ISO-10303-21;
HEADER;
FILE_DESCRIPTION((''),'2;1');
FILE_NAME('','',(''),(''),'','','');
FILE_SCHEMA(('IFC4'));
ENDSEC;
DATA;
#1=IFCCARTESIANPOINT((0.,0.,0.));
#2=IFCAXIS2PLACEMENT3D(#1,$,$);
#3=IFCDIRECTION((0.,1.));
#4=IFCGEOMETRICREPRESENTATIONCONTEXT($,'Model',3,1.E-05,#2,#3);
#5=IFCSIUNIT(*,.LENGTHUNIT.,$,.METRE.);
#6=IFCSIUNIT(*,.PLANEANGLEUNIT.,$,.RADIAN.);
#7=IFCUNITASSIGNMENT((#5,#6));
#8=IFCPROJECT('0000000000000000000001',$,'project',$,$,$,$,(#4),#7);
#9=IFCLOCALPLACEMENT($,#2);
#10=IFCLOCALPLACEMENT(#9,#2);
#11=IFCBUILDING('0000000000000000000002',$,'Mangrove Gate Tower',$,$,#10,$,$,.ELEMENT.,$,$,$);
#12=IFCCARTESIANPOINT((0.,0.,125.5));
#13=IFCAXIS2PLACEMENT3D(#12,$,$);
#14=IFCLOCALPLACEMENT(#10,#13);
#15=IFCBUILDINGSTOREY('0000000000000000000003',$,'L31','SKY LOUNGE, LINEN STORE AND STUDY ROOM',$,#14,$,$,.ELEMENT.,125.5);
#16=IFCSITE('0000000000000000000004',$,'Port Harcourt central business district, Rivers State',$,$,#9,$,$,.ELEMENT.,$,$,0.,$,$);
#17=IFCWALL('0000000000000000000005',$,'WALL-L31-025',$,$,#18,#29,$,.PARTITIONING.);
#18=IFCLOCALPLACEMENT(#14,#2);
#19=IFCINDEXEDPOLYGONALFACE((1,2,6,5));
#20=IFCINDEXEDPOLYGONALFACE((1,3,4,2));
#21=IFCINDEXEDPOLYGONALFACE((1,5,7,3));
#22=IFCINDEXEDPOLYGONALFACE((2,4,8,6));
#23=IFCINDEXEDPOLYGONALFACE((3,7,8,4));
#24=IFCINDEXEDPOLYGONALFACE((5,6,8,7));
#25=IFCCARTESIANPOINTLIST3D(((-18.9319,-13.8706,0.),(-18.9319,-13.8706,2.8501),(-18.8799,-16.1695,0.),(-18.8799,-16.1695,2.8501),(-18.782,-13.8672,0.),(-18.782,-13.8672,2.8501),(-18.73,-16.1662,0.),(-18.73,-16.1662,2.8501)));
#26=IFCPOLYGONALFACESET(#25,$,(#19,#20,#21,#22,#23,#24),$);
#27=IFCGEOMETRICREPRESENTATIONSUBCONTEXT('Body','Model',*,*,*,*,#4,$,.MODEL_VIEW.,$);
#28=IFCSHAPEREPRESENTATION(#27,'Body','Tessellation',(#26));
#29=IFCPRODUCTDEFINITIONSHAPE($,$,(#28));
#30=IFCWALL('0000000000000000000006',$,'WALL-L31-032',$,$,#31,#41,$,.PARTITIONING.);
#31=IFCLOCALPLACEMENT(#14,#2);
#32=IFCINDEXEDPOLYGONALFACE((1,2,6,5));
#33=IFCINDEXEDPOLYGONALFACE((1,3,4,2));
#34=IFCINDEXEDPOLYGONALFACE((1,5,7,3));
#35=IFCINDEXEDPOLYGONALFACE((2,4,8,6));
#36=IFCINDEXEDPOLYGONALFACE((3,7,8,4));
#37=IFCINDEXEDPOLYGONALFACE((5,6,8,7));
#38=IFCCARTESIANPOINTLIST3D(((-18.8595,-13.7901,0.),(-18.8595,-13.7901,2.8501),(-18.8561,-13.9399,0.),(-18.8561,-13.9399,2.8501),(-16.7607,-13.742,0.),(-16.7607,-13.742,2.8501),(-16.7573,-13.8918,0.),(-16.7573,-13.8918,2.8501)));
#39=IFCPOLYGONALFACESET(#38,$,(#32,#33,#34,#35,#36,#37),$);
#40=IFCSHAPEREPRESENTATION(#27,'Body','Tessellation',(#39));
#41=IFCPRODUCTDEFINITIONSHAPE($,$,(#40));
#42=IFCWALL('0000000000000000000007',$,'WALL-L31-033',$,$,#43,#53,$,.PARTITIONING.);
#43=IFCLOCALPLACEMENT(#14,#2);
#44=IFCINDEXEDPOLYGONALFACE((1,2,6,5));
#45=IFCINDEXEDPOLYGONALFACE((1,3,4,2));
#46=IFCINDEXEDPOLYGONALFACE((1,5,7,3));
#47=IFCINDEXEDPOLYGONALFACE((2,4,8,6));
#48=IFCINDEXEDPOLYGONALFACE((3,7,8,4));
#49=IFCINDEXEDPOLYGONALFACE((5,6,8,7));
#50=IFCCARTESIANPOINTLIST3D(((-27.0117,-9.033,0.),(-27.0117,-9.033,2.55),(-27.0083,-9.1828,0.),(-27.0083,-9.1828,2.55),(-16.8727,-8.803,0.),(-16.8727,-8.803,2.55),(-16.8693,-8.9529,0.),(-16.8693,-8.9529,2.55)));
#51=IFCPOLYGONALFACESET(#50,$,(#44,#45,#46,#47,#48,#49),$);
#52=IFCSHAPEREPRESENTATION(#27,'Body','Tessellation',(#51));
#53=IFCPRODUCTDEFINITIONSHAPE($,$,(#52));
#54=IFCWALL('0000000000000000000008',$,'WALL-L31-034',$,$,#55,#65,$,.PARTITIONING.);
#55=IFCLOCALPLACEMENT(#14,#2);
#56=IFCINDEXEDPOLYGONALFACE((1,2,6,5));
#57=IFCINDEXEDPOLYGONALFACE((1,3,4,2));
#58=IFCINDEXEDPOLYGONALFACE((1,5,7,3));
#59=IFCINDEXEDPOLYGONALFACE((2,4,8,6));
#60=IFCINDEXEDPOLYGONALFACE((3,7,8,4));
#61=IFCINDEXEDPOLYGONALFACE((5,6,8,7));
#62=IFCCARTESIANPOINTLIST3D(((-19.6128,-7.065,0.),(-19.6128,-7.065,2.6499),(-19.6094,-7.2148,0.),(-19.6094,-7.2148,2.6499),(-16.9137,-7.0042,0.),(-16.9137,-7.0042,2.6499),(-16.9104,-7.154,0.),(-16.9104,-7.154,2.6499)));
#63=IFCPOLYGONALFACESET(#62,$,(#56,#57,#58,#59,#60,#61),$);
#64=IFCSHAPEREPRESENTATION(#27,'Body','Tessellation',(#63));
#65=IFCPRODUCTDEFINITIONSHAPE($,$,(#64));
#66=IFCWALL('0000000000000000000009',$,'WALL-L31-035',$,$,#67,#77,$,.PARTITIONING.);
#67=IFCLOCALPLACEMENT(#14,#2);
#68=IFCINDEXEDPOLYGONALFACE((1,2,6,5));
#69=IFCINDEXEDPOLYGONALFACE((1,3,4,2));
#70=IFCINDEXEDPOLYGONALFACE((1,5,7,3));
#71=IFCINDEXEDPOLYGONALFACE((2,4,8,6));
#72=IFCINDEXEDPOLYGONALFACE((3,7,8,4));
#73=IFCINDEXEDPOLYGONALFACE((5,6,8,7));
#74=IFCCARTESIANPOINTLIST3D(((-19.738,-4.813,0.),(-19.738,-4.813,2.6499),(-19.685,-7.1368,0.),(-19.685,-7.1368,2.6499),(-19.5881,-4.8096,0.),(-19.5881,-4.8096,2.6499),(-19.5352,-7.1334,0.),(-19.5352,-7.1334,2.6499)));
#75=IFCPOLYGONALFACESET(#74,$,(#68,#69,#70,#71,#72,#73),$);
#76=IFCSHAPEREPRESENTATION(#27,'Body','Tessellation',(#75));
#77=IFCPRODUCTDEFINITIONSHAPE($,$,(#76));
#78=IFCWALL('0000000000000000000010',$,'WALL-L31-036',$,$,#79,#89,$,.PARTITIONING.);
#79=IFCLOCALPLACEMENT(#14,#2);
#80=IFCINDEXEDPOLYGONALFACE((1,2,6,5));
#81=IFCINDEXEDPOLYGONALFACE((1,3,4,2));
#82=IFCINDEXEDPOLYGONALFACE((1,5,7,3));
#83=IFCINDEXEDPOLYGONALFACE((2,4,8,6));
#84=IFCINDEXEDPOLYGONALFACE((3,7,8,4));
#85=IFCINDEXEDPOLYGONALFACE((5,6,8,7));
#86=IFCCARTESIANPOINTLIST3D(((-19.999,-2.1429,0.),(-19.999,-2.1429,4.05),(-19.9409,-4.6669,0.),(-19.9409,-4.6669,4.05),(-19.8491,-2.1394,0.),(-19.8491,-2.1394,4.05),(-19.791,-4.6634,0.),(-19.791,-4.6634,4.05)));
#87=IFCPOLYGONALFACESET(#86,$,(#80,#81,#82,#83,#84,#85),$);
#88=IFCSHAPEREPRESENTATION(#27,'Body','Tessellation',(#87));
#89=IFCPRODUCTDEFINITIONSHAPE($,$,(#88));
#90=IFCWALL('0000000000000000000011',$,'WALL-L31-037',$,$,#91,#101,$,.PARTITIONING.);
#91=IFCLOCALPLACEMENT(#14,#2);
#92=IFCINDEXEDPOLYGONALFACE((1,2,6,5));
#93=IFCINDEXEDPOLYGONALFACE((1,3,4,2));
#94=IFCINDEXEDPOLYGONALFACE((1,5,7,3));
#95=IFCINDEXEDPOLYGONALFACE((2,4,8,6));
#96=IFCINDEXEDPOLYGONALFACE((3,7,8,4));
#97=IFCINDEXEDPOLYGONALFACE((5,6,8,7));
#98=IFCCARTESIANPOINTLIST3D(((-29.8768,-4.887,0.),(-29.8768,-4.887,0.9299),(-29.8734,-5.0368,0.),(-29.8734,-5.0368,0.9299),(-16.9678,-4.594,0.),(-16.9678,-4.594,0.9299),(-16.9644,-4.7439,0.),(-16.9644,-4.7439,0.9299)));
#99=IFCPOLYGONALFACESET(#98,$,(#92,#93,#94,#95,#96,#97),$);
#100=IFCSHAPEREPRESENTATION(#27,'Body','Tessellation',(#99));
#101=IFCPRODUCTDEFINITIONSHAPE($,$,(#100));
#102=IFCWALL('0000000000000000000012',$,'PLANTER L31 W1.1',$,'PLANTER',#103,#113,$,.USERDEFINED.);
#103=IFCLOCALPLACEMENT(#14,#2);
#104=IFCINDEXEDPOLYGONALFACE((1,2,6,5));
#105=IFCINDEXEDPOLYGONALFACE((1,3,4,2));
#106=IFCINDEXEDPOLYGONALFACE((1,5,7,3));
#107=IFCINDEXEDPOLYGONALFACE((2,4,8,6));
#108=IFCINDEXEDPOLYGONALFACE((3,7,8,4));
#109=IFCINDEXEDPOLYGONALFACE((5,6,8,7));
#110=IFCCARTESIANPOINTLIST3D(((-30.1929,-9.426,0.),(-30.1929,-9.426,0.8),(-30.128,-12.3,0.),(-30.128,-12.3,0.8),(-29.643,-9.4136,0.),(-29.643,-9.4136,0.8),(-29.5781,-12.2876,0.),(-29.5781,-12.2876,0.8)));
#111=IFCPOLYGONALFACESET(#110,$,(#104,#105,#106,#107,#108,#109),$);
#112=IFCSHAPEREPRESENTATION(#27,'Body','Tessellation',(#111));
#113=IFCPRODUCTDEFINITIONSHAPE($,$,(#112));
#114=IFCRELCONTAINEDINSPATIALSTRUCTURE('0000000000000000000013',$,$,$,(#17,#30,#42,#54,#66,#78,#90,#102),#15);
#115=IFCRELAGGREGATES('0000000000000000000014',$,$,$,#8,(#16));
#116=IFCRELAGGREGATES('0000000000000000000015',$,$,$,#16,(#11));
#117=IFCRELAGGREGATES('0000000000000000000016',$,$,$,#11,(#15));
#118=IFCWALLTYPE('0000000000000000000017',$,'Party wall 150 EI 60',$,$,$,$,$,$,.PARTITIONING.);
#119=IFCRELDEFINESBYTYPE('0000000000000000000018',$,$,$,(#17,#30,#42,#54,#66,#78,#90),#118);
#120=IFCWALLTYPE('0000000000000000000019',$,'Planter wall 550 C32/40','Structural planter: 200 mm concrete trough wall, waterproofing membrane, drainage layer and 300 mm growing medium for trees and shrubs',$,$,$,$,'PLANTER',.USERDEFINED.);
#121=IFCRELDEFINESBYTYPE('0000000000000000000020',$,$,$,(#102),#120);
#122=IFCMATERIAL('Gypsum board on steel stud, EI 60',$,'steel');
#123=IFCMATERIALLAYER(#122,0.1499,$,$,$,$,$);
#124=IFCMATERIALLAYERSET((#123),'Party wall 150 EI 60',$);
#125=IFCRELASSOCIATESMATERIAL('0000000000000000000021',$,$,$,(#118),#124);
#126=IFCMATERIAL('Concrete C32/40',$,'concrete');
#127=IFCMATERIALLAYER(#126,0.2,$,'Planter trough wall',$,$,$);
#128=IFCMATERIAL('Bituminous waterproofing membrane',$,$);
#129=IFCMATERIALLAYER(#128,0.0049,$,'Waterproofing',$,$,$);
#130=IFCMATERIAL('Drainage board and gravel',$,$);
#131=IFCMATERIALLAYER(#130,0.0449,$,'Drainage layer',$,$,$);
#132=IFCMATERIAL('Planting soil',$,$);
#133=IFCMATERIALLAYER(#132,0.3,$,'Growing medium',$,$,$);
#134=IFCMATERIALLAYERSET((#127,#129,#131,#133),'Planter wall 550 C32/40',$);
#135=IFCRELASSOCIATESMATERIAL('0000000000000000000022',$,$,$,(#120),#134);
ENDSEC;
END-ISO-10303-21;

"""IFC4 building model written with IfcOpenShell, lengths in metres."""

from ifc_helpers import new_model, si_unit, direction, frame, frame_2d, origin, place, context, subcontext, project, spatial, rectangle, extrude, material, layer, layer_set, type_object, element, save


model = new_model("IFC4")

# Units and contexts
model_context = context("Model", 3, precision=1e-05, world=origin(), true_north=direction((0.0, 1.0)))
body_context = subcontext(model_context, "Body", "Model", "MODEL_VIEW")
ifc_project = project(units=[si_unit("LENGTHUNIT", "METRE"), si_unit("PLANEANGLEUNIT", "RADIAN")], contexts=[model_context])

# Site, building, storey
site_placement = place(None, origin())
site = spatial("IfcSite", under=ifc_project, at=site_placement, Name="Port Harcourt central business district, Rivers State", CompositionType="ELEMENT", RefElevation=0.0)
building_placement = place(site_placement, origin())
building = spatial("IfcBuilding", under=site, at=building_placement, Name="Mangrove Gate Tower", CompositionType="ELEMENT")
storey_placement = place(building_placement, frame((0.0, 0.0, 125.5)))
storey = spatial("IfcBuildingStorey", under=building, at=storey_placement, Name="L31", Description="SKY LOUNGE, LINEN STORE AND STUDY ROOM", CompositionType="ELEMENT", Elevation=125.5)

# Walls
ifc_material_1 = material(Name="Gypsum board on steel stud, EI 60", Category="steel")
ifc_layer_1 = layer(ifc_material_1, 0.1499)
ifc_layer_set_1 = layer_set([ifc_layer_1], Name="Party wall 150 EI 60")
wall_type_1 = type_object("IfcWallType", Name="Party wall 150 EI 60", PredefinedType="PARTITIONING", material=ifc_layer_set_1)
wall_1_placement = place(storey_placement, frame((-18.8049, -16.168, 0.0), z_axis=(0.0, 0.0, 1.0), x_axis=(-0.022613, 0.999744, 0.0)))
element("IfcWall", 1, at=wall_1_placement, inside=storey, type_object=wall_type_1, Name="WALL-L31-025", PredefinedType="PARTITIONING", context=body_context, shape_type="SweptSolid", body=[
    extrude(rectangle(XDim=2.2996, YDim=0.1499, at=frame_2d((1.1499, 0.0))), origin(), (0.0, 0.0, 1.0), 2.8501),
])
wall_2_placement = place(storey_placement, frame((-18.8579, -13.865, 0.0), z_axis=(0.0, 0.0, 1.0), x_axis=(0.999738, 0.022909, 0.0)))
element("IfcWall", 2, at=wall_2_placement, inside=storey, type_object=wall_type_1, Name="WALL-L31-032", PredefinedType="PARTITIONING", context=body_context, shape_type="SweptSolid", body=[
    extrude(rectangle(XDim=2.0994, YDim=0.1499, at=frame_2d((1.0498, 0.0))), origin(), (0.0, 0.0, 1.0), 2.8501),
])
wall_3_placement = place(storey_placement, frame((-27.01, -9.1079, 0.0), z_axis=(0.0, 0.0, 1.0), x_axis=(0.999743, 0.022677, 0.0)))
element("IfcWall", 3, at=wall_3_placement, inside=storey, type_object=wall_type_1, Name="WALL-L31-033", PredefinedType="PARTITIONING", context=body_context, shape_type="SweptSolid", body=[
    extrude(rectangle(XDim=10.1416, YDim=0.1499, at=frame_2d((5.0708, 0.0))), origin(), (0.0, 0.0, 1.0), 2.55),
])
wall_4_placement = place(storey_placement, frame((-19.6111, -7.1399, 0.0), z_axis=(0.0, 0.0, 1.0), x_axis=(0.999746, 0.022518, 0.0)))
element("IfcWall", 4, at=wall_4_placement, inside=storey, type_object=wall_type_1, Name="WALL-L31-034", PredefinedType="PARTITIONING", context=body_context, shape_type="SweptSolid", body=[
    extrude(rectangle(XDim=2.6997, YDim=0.1499, at=frame_2d((1.3499, 0.0))), origin(), (0.0, 0.0, 1.0), 2.6499),
])
wall_5_placement = place(storey_placement, frame((-19.6101, -7.135, 0.0), z_axis=(0.0, 0.0, 1.0), x_axis=(-0.022791, 0.99974, 0.0)))
element("IfcWall", 5, at=wall_5_placement, inside=storey, type_object=wall_type_1, Name="WALL-L31-035", PredefinedType="PARTITIONING", context=body_context, shape_type="SweptSolid", body=[
    extrude(rectangle(XDim=2.3245, YDim=0.1499, at=frame_2d((1.1621, 0.0))), origin(), (0.0, 0.0, 1.0), 2.6499),
])
wall_6_placement = place(storey_placement, frame((-19.866, -4.665, 0.0), z_axis=(0.0, 0.0, 1.0), x_axis=(-0.023016, 0.999735, 0.0)))
element("IfcWall", 6, at=wall_6_placement, inside=storey, type_object=wall_type_1, Name="WALL-L31-036", PredefinedType="PARTITIONING", context=body_context, shape_type="SweptSolid", body=[
    extrude(rectangle(XDim=2.5247, YDim=0.1499, at=frame_2d((1.2622, 0.0))), origin(), (0.0, 0.0, 1.0), 4.05),
])
wall_7_placement = place(storey_placement, frame((-29.875, -4.9619, 0.0), z_axis=(0.0, 0.0, 1.0), x_axis=(0.999743, 0.022689, 0.0)))
element("IfcWall", 7, at=wall_7_placement, inside=storey, type_object=wall_type_1, Name="WALL-L31-037", PredefinedType="PARTITIONING", context=body_context, shape_type="SweptSolid", body=[
    extrude(rectangle(XDim=12.9124, YDim=0.1499, at=frame_2d((6.4561, 0.0))), origin(), (0.0, 0.0, 1.0), 0.9299),
])
ifc_material_2 = material(Name="Concrete C32/40", Category="concrete")
ifc_layer_2 = layer(ifc_material_2, 0.2, Name="Planter trough wall")
ifc_material_3 = material(Name="Bituminous waterproofing membrane")
ifc_layer_3 = layer(ifc_material_3, 0.0049, Name="Waterproofing")
ifc_material_4 = material(Name="Drainage board and gravel")
ifc_layer_4 = layer(ifc_material_4, 0.0449, Name="Drainage layer")
ifc_material_5 = material(Name="Planting soil")
ifc_layer_5 = layer(ifc_material_5, 0.3, Name="Growing medium")
ifc_layer_set_2 = layer_set([ifc_layer_2, ifc_layer_3, ifc_layer_4, ifc_layer_5], Name="Planter wall 550 C32/40")
wall_type_2 = type_object("IfcWallType", Name="Planter wall 550 C32/40", Description="Structural planter: 200 mm concrete trough wall, waterproofing membrane, drainage layer and 300 mm growing medium for trees and shrubs", ElementType="PLANTER", PredefinedType="USERDEFINED", material=ifc_layer_set_2)
wall_8_placement = place(storey_placement, frame((-29.853, -12.2939, 0.0), z_axis=(0.0, 0.0, 1.0), x_axis=(-0.02259, 0.999745, 0.0)))
element("IfcWall", 8, at=wall_8_placement, inside=storey, type_object=wall_type_2, Name="PLANTER L31 W1.1", ObjectType="PLANTER", PredefinedType="USERDEFINED", context=body_context, shape_type="SweptSolid", body=[
    extrude(rectangle(XDim=2.8748, YDim=0.55, at=frame_2d((1.4375, 0.0))), origin(), (0.0, 0.0, 1.0), 0.8),
])

save(model, "model.ifc")
